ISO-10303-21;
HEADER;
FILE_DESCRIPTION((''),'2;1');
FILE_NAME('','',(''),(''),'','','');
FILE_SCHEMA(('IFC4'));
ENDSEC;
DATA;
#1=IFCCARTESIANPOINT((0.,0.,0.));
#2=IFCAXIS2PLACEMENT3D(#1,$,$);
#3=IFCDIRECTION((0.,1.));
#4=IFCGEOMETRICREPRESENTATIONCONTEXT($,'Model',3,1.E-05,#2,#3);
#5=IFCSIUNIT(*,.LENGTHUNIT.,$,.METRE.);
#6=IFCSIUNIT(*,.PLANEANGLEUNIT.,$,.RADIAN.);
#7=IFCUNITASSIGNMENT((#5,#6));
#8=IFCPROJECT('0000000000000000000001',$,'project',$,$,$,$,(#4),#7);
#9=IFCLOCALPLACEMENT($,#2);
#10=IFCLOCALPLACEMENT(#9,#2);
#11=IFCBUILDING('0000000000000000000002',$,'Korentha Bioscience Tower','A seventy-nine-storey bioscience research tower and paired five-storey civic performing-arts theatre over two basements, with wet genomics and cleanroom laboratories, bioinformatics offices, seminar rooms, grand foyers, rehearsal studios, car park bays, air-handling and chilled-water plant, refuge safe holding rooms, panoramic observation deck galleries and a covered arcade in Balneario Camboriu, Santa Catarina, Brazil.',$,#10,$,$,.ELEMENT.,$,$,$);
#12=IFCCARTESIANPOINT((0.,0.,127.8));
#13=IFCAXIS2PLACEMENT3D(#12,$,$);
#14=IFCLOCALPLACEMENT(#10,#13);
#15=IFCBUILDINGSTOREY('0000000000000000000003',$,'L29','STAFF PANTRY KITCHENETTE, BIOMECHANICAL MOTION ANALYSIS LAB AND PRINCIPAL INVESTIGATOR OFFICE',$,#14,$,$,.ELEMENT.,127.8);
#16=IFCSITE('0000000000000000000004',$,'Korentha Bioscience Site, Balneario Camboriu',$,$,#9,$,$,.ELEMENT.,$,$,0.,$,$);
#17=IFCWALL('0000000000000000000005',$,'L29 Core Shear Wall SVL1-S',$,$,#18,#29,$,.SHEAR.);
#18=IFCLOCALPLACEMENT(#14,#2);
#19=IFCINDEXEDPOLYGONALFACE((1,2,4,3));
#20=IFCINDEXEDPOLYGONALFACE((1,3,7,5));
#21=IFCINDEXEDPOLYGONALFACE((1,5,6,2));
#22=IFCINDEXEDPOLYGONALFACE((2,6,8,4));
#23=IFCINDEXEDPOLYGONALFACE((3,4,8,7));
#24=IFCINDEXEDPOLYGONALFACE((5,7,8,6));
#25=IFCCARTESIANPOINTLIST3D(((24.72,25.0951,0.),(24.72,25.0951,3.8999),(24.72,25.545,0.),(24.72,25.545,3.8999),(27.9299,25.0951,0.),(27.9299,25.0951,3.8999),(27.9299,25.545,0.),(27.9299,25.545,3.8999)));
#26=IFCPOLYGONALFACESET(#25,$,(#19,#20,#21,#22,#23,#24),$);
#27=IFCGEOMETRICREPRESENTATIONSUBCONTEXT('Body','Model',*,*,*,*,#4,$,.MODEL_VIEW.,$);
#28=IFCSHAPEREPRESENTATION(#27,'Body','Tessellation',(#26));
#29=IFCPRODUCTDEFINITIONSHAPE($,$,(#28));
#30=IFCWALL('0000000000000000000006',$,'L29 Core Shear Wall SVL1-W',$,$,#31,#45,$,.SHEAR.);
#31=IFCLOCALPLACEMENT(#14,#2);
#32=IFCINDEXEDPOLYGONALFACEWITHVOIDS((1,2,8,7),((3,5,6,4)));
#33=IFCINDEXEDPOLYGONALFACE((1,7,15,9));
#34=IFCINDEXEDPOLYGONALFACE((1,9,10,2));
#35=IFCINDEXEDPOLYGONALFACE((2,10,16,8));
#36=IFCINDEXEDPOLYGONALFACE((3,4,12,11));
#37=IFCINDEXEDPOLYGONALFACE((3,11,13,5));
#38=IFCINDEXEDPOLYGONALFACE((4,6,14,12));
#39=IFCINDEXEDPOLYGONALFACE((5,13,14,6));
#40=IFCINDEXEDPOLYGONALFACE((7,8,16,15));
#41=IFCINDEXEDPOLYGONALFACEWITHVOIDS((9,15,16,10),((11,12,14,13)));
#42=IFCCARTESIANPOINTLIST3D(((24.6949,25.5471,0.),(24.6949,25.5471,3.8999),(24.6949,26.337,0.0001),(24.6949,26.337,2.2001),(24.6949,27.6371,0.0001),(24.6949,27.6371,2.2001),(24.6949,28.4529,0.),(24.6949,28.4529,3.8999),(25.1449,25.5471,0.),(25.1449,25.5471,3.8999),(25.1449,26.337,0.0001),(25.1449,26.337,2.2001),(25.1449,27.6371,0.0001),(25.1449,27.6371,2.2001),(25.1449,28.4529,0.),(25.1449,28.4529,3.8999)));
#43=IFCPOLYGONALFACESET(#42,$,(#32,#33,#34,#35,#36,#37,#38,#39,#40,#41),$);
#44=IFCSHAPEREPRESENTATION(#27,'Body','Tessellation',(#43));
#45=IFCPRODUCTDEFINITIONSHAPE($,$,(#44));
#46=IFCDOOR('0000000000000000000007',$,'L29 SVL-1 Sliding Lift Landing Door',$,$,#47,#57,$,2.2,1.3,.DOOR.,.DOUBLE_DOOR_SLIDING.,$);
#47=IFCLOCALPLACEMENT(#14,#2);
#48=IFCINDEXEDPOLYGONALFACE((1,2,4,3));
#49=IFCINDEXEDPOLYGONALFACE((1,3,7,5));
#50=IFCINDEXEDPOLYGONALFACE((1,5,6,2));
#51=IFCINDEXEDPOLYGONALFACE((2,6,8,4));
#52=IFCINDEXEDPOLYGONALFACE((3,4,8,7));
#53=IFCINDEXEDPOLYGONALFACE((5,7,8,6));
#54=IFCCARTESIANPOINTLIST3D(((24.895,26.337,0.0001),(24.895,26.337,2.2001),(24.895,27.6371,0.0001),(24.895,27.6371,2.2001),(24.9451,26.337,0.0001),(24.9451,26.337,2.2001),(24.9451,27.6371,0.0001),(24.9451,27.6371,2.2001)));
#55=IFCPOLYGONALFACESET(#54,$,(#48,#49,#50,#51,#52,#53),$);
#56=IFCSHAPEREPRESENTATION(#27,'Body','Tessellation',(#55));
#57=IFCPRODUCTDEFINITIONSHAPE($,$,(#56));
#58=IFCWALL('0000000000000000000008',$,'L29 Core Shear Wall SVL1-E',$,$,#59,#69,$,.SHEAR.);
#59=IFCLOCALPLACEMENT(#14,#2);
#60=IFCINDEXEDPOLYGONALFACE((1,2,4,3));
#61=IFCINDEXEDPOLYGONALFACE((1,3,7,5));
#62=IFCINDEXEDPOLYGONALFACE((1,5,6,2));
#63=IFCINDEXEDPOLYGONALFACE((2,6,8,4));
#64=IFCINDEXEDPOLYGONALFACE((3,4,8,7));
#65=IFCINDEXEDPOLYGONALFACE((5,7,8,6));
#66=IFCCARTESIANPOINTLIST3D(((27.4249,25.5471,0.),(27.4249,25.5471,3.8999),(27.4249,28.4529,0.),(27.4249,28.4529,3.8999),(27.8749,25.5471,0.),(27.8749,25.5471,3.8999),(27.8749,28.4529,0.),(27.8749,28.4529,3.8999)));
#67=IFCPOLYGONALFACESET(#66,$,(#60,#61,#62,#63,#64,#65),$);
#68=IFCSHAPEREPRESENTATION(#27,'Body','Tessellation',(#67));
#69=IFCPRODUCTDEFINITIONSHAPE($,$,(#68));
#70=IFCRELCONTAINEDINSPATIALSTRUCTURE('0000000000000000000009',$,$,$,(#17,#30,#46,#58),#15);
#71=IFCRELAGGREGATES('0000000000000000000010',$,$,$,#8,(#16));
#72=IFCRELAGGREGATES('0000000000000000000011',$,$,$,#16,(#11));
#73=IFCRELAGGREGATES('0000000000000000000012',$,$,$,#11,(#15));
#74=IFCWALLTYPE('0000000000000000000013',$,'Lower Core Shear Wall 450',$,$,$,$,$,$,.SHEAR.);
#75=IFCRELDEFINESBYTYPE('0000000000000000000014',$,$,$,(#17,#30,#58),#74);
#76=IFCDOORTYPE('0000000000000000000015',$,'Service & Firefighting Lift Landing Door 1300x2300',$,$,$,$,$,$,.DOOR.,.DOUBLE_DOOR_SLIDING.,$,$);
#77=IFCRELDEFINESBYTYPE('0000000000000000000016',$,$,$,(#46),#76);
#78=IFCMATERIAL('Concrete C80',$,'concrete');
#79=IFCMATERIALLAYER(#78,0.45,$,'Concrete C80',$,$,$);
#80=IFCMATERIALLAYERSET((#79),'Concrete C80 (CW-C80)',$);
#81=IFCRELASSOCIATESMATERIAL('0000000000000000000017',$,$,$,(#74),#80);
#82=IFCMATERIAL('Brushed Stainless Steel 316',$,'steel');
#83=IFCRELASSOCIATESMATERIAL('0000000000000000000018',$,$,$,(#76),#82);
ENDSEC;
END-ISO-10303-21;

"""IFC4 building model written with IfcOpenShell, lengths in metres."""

from ifc_helpers import new_model, si_unit, direction, frame, frame_2d, origin, place, context, subcontext, project, spatial, rectangle, extrude, material, layer, layer_set, type_object, element, fill, save


model = new_model("IFC4")

# Units and contexts
model_context = context("Model", 3, precision=1e-05, world=origin(), true_north=direction((0.0, 1.0)))
body_context = subcontext(model_context, "Body", "Model", "MODEL_VIEW")
ifc_project = project(units=[si_unit("LENGTHUNIT", "METRE"), si_unit("PLANEANGLEUNIT", "RADIAN")], contexts=[model_context])

# Site, building, storey
site_placement = place(None, origin())
site = spatial("IfcSite", under=ifc_project, at=site_placement, Name="Korentha Bioscience Site, Balneario Camboriu", CompositionType="ELEMENT", RefElevation=0.0)
building_placement = place(site_placement, origin())
building = spatial("IfcBuilding", under=site, at=building_placement, Name="Korentha Bioscience Tower", Description="A seventy-nine-storey bioscience research tower and paired five-storey civic performing-arts theatre over two basements, with wet genomics and cleanroom laboratories, bioinformatics offices, seminar rooms, grand foyers, rehearsal studios, car park bays, air-handling and chilled-water plant, refuge safe holding rooms, panoramic observation deck galleries and a covered arcade in Balneario Camboriu, Santa Catarina, Brazil.", CompositionType="ELEMENT")
storey_placement = place(building_placement, frame((0.0, 0.0, 127.8)))
storey = spatial("IfcBuildingStorey", under=building, at=storey_placement, Name="L29", Description="STAFF PANTRY KITCHENETTE, BIOMECHANICAL MOTION ANALYSIS LAB AND PRINCIPAL INVESTIGATOR OFFICE", CompositionType="ELEMENT", Elevation=127.8)

# Shared definitions
ifc_material_1 = material(Name="Concrete C80", Category="concrete")

# Shared definitions
ifc_layer_1 = layer(ifc_material_1, 0.45, Name="Concrete C80")
ifc_layer_set_1 = layer_set([ifc_layer_1], Name="Concrete C80 (CW-C80)")
wall_type_1 = type_object("IfcWallType", Name="Lower Core Shear Wall 450", PredefinedType="SHEAR", material=ifc_layer_set_1)

# Shared definitions
ifc_material_2 = material(Name="Brushed Stainless Steel 316", Category="steel")
door_type_1 = type_object("IfcDoorType", Name="Service & Firefighting Lift Landing Door 1300x2300", OperationType="DOUBLE_DOOR_SLIDING", PredefinedType="DOOR", material=ifc_material_2)

# Wall
wall_1_placement = place(storey_placement, frame((24.72, 25.3201, 0.0), z_axis=(0.0, 0.0, 1.0), x_axis=(1.0, 0.0, 0.0)))
element("IfcWall", 1, at=wall_1_placement, inside=storey, type_object=wall_type_1, Name="L29 Core Shear Wall SVL1-S", PredefinedType="SHEAR", context=body_context, shape_type="SweptSolid", body=[
    extrude(rectangle(XDim=3.21, YDim=0.45, at=frame_2d((1.605, 0.0))), origin(), (0.0, 0.0, 1.0), 3.8999),
])

# Wall, opening, door
wall_2_placement = place(storey_placement, frame((24.9199, 25.5471, 0.0), z_axis=(0.0, 0.0, 1.0), x_axis=(0.0, 1.0, 0.0)))
wall_2 = element("IfcWall", 2, at=wall_2_placement, inside=storey, type_object=wall_type_1, Name="L29 Core Shear Wall SVL1-W", PredefinedType="SHEAR", context=body_context, shape_type="SweptSolid", body=[
    extrude(rectangle(XDim=2.9058, YDim=0.45, at=frame_2d((1.4529, 0.0))), origin(), (0.0, 0.0, 1.0), 3.8999),
])
opening_1_placement = place(wall_2_placement, frame((0.79, 0.0, 0.0)))
opening_1 = element("IfcOpeningElement", 3, at=opening_1_placement, cuts=wall_2, PredefinedType="OPENING", context=body_context, shape_type="SweptSolid", body=[
    extrude(rectangle(XDim=1.3, YDim=2.2, at=frame_2d((0.6499, 1.1001))), frame((0.0, 0.2397, 0.0), z_axis=(0.0, -1.0, 0.0), x_axis=(1.0, 0.0, 0.0)), (0.0, 0.0, 1.0), 0.4797),
])
door_1_placement = place(opening_1_placement, origin())
door_1 = element("IfcDoor", 4, at=door_1_placement, inside=storey, type_object=door_type_1, Name="L29 SVL-1 Sliding Lift Landing Door", OperationType="DOUBLE_DOOR_SLIDING", OverallHeight=2.2, OverallWidth=1.3, PredefinedType="DOOR", context=body_context, shape_type="SweptSolid", body=[
    extrude(rectangle(XDim=1.3, YDim=2.2, at=frame_2d((0.6499, 1.1001))), frame((0.0, 0.0249, 0.0), z_axis=(0.0, -1.0, 0.0), x_axis=(1.0, 0.0, 0.0)), (0.0, 0.0, 1.0), 0.05),
])
fill(opening_1, door_1)

# Wall
wall_3_placement = place(storey_placement, frame((27.6499, 25.5471, 0.0), z_axis=(0.0, 0.0, 1.0), x_axis=(0.0, 1.0, 0.0)))
element("IfcWall", 5, at=wall_3_placement, inside=storey, type_object=wall_type_1, Name="L29 Core Shear Wall SVL1-E", PredefinedType="SHEAR", context=body_context, shape_type="SweptSolid", body=[
    extrude(rectangle(XDim=2.9058, YDim=0.45, at=frame_2d((1.4529, 0.0))), origin(), (0.0, 0.0, 1.0), 3.8999),
])

save(model, "model.ifc")
